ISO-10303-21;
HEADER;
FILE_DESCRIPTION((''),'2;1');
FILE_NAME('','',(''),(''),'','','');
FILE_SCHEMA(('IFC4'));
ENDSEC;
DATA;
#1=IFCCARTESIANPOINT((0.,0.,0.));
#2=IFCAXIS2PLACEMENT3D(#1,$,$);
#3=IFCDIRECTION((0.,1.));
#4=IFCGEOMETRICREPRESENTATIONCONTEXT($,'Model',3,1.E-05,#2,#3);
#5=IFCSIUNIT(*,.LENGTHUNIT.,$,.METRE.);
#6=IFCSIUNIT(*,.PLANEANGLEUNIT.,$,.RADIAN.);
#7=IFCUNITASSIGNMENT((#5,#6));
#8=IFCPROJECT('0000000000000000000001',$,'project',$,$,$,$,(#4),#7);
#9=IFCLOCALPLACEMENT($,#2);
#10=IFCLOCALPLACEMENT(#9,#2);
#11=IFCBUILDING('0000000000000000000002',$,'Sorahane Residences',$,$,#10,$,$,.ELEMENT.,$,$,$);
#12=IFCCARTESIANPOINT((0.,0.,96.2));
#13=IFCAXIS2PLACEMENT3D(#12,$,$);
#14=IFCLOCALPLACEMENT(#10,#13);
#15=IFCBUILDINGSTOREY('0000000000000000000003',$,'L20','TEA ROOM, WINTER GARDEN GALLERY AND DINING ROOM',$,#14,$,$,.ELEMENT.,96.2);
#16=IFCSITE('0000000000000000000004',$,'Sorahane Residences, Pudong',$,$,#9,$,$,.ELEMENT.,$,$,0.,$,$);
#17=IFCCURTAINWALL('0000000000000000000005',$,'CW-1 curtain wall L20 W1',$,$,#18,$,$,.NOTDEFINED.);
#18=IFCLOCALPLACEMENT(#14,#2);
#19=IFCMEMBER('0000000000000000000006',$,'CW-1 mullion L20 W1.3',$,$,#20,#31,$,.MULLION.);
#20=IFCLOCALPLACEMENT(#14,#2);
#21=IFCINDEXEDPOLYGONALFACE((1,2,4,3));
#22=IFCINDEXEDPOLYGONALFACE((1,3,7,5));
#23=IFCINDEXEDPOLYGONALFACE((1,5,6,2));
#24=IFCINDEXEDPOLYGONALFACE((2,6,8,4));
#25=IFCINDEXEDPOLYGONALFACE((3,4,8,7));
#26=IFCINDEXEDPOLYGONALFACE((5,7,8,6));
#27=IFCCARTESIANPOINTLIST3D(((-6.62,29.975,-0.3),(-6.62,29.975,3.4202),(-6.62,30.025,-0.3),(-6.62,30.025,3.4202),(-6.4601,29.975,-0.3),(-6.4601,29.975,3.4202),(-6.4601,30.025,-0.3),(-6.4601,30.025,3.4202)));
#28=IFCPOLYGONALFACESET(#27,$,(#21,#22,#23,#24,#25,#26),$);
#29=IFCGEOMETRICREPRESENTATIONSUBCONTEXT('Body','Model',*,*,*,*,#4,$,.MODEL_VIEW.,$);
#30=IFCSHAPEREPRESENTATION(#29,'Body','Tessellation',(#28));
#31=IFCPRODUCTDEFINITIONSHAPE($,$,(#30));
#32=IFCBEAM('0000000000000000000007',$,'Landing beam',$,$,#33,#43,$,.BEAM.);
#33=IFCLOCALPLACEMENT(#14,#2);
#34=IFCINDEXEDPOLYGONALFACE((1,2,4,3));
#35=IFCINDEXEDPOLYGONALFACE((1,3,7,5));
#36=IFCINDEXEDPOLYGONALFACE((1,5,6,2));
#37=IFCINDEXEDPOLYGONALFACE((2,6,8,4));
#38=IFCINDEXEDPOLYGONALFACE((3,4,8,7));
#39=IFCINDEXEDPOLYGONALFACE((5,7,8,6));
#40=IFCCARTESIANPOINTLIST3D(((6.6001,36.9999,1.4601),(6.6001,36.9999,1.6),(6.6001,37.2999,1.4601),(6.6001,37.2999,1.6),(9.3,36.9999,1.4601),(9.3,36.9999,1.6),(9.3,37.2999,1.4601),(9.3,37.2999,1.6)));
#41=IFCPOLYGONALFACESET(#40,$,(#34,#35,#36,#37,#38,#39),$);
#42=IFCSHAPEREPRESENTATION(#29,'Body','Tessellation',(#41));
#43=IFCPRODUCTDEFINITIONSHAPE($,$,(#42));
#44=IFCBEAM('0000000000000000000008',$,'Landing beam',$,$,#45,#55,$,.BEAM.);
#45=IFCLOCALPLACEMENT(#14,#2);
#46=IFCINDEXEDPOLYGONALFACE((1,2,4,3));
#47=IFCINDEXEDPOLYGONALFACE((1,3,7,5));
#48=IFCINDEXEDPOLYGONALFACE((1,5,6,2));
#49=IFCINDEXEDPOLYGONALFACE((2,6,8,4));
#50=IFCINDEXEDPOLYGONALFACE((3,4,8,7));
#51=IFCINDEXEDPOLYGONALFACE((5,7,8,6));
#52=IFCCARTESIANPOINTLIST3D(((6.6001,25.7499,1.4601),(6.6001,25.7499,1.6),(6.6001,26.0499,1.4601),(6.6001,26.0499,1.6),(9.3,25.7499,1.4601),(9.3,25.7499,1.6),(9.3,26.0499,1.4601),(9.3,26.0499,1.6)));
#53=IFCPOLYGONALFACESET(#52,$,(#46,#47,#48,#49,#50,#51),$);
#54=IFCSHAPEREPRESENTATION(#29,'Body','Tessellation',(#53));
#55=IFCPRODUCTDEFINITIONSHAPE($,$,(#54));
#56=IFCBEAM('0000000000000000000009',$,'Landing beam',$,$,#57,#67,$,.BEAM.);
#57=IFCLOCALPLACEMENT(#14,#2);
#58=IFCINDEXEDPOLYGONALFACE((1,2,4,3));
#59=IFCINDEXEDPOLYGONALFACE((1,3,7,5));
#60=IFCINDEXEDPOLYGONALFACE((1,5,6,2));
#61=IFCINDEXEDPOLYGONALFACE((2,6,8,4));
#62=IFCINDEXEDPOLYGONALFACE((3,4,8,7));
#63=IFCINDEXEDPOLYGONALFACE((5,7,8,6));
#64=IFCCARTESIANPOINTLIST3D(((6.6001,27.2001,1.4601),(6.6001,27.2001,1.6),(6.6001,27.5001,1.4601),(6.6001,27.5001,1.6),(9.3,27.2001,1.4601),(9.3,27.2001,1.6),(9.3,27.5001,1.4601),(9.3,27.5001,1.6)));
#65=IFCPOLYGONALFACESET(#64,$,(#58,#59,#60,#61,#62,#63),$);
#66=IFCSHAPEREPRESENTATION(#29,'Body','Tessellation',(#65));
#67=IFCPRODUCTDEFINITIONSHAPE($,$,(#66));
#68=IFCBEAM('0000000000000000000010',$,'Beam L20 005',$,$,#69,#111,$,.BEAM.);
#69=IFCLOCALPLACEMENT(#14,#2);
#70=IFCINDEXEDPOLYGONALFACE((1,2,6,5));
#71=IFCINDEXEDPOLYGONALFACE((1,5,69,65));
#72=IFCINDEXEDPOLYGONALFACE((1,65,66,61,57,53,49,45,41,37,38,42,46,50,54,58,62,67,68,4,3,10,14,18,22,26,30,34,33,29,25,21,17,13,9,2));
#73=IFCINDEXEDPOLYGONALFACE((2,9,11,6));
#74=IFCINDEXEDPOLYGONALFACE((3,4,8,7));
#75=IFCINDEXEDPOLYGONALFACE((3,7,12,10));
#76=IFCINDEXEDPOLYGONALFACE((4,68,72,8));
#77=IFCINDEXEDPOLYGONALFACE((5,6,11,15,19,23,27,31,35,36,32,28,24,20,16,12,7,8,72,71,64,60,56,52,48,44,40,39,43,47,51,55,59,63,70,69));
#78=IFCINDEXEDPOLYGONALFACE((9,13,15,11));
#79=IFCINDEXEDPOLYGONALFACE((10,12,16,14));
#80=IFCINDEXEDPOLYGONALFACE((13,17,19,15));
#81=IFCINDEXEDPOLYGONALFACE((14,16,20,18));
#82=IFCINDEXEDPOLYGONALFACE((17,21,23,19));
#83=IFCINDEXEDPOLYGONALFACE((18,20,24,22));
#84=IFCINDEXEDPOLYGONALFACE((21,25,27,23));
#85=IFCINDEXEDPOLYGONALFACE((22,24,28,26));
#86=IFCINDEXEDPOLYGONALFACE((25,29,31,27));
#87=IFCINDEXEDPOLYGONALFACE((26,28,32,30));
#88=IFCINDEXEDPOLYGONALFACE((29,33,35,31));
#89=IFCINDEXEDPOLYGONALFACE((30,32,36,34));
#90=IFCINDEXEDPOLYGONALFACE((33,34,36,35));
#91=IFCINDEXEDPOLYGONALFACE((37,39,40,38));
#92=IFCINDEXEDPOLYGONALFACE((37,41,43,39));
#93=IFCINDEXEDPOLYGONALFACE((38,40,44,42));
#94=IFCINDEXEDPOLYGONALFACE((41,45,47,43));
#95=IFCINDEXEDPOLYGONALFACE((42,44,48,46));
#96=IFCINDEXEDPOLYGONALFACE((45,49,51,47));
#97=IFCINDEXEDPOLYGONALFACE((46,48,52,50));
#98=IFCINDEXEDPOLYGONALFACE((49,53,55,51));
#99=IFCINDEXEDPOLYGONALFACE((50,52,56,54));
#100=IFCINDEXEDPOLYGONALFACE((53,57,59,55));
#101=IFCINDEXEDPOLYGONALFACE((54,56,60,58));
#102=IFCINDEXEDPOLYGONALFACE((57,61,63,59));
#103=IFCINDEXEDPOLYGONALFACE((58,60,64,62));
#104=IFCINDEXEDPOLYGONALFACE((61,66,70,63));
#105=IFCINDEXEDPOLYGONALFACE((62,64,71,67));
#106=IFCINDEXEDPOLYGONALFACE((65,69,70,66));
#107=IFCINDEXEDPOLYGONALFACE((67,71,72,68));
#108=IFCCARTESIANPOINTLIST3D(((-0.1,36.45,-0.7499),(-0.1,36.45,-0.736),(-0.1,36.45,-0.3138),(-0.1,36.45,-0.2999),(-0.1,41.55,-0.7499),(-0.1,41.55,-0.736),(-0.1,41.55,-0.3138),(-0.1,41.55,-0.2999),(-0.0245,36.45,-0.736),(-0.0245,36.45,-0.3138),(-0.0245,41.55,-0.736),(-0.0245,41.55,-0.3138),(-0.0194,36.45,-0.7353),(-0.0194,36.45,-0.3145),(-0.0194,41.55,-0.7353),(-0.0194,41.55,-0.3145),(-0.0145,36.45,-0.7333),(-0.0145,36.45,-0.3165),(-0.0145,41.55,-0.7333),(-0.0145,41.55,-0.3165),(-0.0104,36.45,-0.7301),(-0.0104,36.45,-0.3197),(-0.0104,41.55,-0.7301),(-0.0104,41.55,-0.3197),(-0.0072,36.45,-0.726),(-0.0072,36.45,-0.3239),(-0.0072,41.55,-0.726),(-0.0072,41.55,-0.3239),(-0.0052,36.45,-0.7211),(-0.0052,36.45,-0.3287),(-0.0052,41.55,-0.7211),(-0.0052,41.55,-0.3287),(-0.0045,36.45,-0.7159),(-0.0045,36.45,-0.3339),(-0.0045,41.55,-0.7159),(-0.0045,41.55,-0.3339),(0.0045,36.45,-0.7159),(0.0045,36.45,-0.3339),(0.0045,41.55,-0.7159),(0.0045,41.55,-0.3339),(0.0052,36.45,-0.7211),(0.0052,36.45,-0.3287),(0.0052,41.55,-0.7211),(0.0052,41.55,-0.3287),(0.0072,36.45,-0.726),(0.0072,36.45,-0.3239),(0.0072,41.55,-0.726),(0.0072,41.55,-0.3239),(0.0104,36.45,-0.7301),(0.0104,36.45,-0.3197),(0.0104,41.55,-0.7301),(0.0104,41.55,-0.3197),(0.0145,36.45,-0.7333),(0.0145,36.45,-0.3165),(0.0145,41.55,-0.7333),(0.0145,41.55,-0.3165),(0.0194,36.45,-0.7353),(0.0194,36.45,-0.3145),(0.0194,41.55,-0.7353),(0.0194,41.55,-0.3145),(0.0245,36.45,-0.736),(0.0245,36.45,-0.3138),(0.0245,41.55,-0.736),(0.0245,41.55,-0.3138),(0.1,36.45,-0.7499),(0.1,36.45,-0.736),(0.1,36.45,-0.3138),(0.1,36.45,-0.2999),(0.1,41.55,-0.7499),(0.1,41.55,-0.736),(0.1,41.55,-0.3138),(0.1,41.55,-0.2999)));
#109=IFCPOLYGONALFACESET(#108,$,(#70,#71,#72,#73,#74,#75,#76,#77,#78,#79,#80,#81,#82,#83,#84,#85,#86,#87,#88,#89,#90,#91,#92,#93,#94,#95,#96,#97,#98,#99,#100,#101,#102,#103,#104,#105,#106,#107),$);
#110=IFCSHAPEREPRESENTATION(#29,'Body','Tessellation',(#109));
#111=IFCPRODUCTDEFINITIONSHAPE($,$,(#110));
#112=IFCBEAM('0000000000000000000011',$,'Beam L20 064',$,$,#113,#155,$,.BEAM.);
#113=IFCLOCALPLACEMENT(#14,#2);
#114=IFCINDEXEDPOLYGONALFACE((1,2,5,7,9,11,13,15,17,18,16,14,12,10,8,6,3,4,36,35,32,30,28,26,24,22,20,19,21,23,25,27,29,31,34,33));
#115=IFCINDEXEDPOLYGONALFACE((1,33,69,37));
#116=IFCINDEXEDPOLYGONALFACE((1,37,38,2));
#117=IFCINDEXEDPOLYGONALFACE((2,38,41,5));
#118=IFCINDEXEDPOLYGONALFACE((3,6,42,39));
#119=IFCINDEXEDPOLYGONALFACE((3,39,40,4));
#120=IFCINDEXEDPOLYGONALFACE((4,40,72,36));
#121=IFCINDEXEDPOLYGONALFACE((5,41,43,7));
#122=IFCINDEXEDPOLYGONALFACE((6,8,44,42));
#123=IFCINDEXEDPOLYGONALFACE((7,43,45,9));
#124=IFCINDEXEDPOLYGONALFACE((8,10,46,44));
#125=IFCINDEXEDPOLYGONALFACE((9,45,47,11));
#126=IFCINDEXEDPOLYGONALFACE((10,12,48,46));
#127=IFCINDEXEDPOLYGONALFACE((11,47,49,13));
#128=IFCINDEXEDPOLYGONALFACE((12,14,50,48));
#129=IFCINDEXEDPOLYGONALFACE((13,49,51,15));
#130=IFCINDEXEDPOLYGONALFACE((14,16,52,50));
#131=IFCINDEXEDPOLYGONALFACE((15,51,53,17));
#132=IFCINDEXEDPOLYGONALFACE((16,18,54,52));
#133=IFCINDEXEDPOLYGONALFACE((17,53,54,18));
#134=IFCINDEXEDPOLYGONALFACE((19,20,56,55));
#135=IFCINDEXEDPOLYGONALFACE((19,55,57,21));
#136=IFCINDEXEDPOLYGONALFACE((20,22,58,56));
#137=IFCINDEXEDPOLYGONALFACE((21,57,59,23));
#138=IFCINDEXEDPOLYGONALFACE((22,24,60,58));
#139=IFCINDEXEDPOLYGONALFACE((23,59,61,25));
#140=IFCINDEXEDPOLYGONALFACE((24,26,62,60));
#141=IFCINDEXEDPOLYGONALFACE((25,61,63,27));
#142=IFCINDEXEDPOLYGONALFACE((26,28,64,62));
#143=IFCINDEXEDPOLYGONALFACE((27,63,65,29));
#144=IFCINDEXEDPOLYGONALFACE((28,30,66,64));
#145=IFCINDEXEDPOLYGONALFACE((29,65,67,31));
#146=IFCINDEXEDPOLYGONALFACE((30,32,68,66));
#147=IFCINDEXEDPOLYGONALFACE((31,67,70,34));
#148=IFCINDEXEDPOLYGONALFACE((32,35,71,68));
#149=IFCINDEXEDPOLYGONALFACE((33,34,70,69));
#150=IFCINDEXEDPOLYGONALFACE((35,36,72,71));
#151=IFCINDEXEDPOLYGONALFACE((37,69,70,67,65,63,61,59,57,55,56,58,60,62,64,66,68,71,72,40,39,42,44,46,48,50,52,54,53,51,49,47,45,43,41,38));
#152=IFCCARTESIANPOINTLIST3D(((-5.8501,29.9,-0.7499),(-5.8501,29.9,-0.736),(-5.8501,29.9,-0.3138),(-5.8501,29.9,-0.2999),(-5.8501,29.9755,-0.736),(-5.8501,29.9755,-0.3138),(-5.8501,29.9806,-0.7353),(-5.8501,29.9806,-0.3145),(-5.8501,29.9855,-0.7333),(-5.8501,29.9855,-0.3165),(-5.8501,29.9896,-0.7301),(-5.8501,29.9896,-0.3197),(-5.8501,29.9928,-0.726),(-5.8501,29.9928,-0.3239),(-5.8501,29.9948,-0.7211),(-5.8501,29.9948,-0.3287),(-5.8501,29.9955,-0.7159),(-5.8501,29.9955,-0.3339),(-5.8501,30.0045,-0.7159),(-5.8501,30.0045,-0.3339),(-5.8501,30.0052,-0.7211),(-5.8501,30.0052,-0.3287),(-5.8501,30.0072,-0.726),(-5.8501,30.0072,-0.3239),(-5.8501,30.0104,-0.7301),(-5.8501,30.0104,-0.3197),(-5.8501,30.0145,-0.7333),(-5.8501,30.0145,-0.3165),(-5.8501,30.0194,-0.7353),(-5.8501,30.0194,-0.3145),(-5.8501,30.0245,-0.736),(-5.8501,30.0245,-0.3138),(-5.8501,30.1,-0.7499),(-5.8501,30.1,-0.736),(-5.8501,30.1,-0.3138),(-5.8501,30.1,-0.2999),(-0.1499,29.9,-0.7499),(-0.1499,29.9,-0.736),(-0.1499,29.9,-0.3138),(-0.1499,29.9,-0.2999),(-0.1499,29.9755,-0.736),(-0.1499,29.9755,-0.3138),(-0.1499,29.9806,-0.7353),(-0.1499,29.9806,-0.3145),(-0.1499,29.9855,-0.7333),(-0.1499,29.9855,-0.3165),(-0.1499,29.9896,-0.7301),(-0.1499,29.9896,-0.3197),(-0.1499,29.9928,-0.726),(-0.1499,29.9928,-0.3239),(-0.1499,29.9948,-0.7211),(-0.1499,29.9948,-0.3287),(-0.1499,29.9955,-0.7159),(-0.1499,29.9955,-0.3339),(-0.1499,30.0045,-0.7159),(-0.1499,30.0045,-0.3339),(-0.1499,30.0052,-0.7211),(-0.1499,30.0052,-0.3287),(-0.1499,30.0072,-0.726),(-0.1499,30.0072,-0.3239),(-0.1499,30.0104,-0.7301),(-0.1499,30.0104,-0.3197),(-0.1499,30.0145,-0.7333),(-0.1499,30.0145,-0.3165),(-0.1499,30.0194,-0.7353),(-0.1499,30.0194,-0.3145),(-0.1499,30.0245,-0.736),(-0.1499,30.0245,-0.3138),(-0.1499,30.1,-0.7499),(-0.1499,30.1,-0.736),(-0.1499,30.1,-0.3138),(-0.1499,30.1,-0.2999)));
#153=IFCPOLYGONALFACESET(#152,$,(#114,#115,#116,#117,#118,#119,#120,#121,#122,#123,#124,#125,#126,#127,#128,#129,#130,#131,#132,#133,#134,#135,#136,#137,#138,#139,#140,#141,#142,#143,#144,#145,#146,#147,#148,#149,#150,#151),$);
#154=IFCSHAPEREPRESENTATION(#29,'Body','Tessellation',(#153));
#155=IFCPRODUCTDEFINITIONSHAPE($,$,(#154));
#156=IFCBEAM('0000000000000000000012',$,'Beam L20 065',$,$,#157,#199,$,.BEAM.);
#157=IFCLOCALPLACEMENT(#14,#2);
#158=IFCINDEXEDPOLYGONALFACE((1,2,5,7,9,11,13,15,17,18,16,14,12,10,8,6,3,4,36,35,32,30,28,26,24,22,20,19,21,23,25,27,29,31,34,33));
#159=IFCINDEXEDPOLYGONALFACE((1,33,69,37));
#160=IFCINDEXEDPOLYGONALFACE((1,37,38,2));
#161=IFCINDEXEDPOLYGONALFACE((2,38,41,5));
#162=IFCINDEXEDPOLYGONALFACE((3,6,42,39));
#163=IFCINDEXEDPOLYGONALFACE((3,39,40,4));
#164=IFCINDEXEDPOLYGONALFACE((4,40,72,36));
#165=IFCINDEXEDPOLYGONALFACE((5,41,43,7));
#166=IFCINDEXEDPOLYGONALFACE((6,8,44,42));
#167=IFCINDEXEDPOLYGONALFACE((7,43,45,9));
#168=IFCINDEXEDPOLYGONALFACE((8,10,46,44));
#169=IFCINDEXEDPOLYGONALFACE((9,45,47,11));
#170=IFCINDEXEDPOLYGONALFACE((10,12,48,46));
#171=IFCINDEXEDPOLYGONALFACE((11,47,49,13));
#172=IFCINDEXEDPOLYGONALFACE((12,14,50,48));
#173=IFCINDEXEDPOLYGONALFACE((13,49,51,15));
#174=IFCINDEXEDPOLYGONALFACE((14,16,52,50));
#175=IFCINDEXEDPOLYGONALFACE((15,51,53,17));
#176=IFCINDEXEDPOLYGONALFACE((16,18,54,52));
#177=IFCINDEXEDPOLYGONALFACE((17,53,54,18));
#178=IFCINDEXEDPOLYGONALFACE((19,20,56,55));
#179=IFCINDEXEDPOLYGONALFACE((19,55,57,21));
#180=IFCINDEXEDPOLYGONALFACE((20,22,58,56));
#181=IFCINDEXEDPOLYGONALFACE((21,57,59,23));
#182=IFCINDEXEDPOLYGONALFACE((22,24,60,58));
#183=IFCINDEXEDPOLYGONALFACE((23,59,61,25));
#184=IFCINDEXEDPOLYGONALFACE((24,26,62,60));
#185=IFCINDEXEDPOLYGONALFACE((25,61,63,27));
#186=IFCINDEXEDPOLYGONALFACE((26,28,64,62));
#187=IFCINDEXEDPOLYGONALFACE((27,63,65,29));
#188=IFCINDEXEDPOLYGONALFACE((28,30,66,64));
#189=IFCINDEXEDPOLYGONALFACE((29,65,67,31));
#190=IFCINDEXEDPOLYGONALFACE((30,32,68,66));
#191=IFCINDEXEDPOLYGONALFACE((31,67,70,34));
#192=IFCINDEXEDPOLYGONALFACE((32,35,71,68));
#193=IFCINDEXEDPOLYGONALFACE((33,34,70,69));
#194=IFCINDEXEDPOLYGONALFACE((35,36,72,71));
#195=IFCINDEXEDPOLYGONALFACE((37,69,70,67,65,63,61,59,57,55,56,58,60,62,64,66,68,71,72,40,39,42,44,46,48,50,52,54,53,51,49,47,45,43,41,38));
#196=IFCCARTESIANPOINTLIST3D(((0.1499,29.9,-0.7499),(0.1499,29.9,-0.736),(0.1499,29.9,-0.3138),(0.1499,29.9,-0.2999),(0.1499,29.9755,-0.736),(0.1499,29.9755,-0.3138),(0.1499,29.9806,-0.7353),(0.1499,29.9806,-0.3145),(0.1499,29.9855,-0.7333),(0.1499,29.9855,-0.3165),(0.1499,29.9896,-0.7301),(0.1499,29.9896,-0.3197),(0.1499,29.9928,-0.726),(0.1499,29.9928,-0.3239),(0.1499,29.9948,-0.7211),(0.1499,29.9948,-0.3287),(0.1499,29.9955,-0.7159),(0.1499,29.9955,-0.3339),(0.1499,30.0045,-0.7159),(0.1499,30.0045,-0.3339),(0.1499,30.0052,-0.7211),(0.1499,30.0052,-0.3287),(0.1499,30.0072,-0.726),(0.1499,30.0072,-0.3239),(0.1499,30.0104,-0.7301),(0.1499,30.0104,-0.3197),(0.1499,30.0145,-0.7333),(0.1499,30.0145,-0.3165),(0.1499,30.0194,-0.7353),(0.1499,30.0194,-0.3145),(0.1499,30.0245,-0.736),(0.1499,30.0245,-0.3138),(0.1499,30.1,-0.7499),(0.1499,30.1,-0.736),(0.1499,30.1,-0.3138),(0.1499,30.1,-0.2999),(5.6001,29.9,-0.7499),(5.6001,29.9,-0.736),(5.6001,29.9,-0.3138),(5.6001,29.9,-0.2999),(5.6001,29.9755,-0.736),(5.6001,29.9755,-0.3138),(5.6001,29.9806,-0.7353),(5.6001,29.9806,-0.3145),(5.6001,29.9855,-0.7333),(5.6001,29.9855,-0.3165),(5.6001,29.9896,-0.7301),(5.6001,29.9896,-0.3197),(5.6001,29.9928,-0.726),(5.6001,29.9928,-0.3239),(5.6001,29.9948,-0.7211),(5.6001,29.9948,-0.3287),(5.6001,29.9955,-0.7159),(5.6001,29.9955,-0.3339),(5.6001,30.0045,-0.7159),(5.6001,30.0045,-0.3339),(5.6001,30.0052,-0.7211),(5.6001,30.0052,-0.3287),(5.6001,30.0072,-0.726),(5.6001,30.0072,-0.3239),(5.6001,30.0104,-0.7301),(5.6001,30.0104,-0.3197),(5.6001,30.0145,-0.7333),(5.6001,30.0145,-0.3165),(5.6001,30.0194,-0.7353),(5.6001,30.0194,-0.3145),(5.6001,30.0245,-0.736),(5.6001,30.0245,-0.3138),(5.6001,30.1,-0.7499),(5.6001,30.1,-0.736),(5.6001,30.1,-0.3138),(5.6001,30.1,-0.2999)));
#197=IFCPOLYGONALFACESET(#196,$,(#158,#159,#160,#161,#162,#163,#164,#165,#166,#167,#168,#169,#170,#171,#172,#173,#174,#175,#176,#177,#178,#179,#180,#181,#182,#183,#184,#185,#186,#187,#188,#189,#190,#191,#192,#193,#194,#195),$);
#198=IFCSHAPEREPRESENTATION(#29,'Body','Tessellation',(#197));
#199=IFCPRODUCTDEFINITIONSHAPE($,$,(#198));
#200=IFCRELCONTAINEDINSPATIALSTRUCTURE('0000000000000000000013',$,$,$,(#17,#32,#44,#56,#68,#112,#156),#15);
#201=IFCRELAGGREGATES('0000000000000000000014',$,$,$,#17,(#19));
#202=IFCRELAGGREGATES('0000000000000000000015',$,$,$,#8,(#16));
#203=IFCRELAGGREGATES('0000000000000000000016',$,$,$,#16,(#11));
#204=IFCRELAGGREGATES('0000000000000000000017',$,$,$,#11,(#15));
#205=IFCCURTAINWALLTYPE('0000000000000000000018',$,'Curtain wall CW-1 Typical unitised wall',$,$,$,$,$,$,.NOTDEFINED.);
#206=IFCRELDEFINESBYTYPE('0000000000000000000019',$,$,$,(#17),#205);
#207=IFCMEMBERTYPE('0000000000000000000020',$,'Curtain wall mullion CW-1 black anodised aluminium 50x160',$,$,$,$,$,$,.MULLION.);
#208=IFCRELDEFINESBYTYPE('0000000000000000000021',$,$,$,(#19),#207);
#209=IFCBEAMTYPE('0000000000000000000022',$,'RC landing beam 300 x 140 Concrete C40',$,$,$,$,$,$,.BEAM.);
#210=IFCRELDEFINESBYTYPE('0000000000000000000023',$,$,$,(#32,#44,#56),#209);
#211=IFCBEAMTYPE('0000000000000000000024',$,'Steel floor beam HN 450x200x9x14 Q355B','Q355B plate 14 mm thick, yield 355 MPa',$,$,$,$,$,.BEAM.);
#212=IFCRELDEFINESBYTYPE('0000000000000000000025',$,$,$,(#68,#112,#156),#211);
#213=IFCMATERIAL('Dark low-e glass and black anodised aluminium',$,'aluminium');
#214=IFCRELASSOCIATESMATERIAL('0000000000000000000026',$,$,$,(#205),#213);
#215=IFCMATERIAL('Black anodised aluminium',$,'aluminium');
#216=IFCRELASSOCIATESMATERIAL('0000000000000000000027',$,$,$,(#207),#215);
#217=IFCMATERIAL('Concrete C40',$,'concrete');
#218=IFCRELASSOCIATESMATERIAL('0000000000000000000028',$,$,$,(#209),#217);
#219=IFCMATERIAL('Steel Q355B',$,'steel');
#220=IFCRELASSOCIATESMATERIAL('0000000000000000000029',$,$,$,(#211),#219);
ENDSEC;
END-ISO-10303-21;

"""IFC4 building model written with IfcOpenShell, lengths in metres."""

from ifc_helpers import new_model, si_unit, direction, frame, origin, origin_2d, place, context, subcontext, project, spatial, rectangle, i_section, extrude, material, material_profile, profile_set, type_object, element, aggregate, save


model = new_model("IFC4")

# Units and contexts
model_context = context("Model", 3, precision=1e-05, world=origin(), true_north=direction((0.0, 1.0)))
body_context = subcontext(model_context, "Body", "Model", "MODEL_VIEW")
ifc_project = project(units=[si_unit("LENGTHUNIT", "METRE"), si_unit("PLANEANGLEUNIT", "RADIAN")], contexts=[model_context])

# Site, building, storey
site_placement = place(None, origin())
site = spatial("IfcSite", under=ifc_project, at=site_placement, Name="Sorahane Residences, Pudong", CompositionType="ELEMENT", RefElevation=0.0)
building_placement = place(site_placement, origin())
building = spatial("IfcBuilding", under=site, at=building_placement, Name="Sorahane Residences", CompositionType="ELEMENT")
storey_placement = place(building_placement, frame((0.0, 0.0, 96.2)))
storey = spatial("IfcBuildingStorey", under=building, at=storey_placement, Name="L20", Description="TEA ROOM, WINTER GARDEN GALLERY AND DINING ROOM", CompositionType="ELEMENT", Elevation=96.2)

# Curtain wall, member
ifc_material_1 = material(Name="Dark low-e glass and black anodised aluminium", Category="aluminium")
curtain_wall_type = type_object("IfcCurtainWallType", Name="Curtain wall CW-1 Typical unitised wall", PredefinedType="NOTDEFINED", material=ifc_material_1)
curtain_wall_placement = place(storey_placement, origin())
curtain_wall = element("IfcCurtainWall", 1, at=curtain_wall_placement, inside=storey, type_object=curtain_wall_type, Name="CW-1 curtain wall L20 W1", PredefinedType="NOTDEFINED")
ifc_material_2 = material(Name="Black anodised aluminium", Category="aluminium")
ifc_material_profile_1 = material_profile(ifc_material_2, rectangle(XDim=0.1599, YDim=0.05, at=origin_2d()), Name="Curtain wall mullion CW-1 black anodised aluminium 50x160")
ifc_profile_set_1 = profile_set([ifc_material_profile_1], Name="Black anodised aluminium")
member_type_1 = type_object("IfcMemberType", Name="Curtain wall mullion CW-1 black anodised aluminium 50x160", PredefinedType="MULLION", material=ifc_profile_set_1)
member_1_placement = place(storey_placement, frame((-6.54, 30.0, -0.3), z_axis=(0.0, 0.0, 1.0), x_axis=(-1.0, 0.0, 0.0)))
member_1 = element("IfcMember", 2, at=member_1_placement, type_object=member_type_1, Name="CW-1 mullion L20 W1.3", PredefinedType="MULLION", context=body_context, shape_type="SweptSolid", body=[
    extrude(rectangle(XDim=0.1599, YDim=0.05, at=origin_2d()), origin(), (0.0, 0.0, 1.0), 3.7202),
])

# Beams
ifc_material_3 = material(Name="Concrete C40", Category="concrete")
ifc_material_profile_2 = material_profile(ifc_material_3, rectangle(XDim=0.3, YDim=0.1399, at=origin_2d()), Name="300x140")
ifc_profile_set_2 = profile_set([ifc_material_profile_2], Name="Concrete C40")
beam_type_1 = type_object("IfcBeamType", Name="RC landing beam 300 x 140 Concrete C40", PredefinedType="BEAM", material=ifc_profile_set_2)
for number, where, z_axis, x_axis, name in (
    (3, (6.6001, 37.1499, 1.53), (1.0, 0.0, 0.0), (0.0, 1.0, 0.0), "Landing beam"),
    (4, (6.6001, 25.8999, 1.53), (1.0, 0.0, 0.0), (0.0, 1.0, 0.0), "Landing beam"),
    (5, (6.6001, 27.3501, 1.53), (1.0, 0.0, 0.0), (0.0, 1.0, 0.0), "Landing beam"),
):
    element("IfcBeam", number, at=place(storey_placement, frame(where, z_axis=z_axis, x_axis=x_axis)), inside=storey, type_object=beam_type_1, Name=name, PredefinedType="BEAM", context=body_context, shape_type="SweptSolid", body=[
        extrude(rectangle(XDim=0.3, YDim=0.1399, at=origin_2d()), origin(), (0.0, 0.0, 1.0), 2.7),
    ])
ifc_material_4 = material(Name="Steel Q355B", Category="steel")
ifc_material_profile_3 = material_profile(ifc_material_4, i_section(OverallWidth=0.2, OverallDepth=0.45, WebThickness=0.009, FlangeThickness=0.0139, FilletRadius=0.02, at=origin_2d()), Name="HN 450x200x9x14")
ifc_profile_set_3 = profile_set([ifc_material_profile_3], Name="Steel Q355B")
beam_type_2 = type_object("IfcBeamType", Name="Steel floor beam HN 450x200x9x14 Q355B", Description="Q355B plate 14 mm thick, yield 355 MPa", PredefinedType="BEAM", material=ifc_profile_set_3)
beam_1_placement = place(storey_placement, frame((0.0, 36.45, -0.5249), z_axis=(0.0, 1.0, 0.0), x_axis=(-1.0, 0.0, 0.0)))
element("IfcBeam", 6, at=beam_1_placement, inside=storey, type_object=beam_type_2, Name="Beam L20 005", PredefinedType="BEAM", context=body_context, shape_type="SweptSolid", body=[
    extrude(i_section(OverallWidth=0.2, OverallDepth=0.45, WebThickness=0.009, FlangeThickness=0.0139, FilletRadius=0.02, at=origin_2d()), origin(), (0.0, 0.0, 1.0), 5.1001),
])
beam_2_placement = place(storey_placement, frame((-5.8501, 30.0, -0.5249), z_axis=(1.0, 0.0, 0.0), x_axis=(0.0, 1.0, 0.0)))
element("IfcBeam", 7, at=beam_2_placement, inside=storey, type_object=beam_type_2, Name="Beam L20 064", PredefinedType="BEAM", context=body_context, shape_type="SweptSolid", body=[
    extrude(i_section(OverallWidth=0.2, OverallDepth=0.45, WebThickness=0.009, FlangeThickness=0.0139, FilletRadius=0.02, at=origin_2d()), origin(), (0.0, 0.0, 1.0), 5.7002),
])
beam_3_placement = place(storey_placement, frame((0.1499, 30.0, -0.5249), z_axis=(1.0, 0.0, 0.0), x_axis=(0.0, 1.0, 0.0)))
element("IfcBeam", 8, at=beam_3_placement, inside=storey, type_object=beam_type_2, Name="Beam L20 065", PredefinedType="BEAM", context=body_context, shape_type="SweptSolid", body=[
    extrude(i_section(OverallWidth=0.2, OverallDepth=0.45, WebThickness=0.009, FlangeThickness=0.0139, FilletRadius=0.02, at=origin_2d()), origin(), (0.0, 0.0, 1.0), 5.4502),
])

aggregate(curtain_wall, [member_1])

save(model, "model.ifc")
